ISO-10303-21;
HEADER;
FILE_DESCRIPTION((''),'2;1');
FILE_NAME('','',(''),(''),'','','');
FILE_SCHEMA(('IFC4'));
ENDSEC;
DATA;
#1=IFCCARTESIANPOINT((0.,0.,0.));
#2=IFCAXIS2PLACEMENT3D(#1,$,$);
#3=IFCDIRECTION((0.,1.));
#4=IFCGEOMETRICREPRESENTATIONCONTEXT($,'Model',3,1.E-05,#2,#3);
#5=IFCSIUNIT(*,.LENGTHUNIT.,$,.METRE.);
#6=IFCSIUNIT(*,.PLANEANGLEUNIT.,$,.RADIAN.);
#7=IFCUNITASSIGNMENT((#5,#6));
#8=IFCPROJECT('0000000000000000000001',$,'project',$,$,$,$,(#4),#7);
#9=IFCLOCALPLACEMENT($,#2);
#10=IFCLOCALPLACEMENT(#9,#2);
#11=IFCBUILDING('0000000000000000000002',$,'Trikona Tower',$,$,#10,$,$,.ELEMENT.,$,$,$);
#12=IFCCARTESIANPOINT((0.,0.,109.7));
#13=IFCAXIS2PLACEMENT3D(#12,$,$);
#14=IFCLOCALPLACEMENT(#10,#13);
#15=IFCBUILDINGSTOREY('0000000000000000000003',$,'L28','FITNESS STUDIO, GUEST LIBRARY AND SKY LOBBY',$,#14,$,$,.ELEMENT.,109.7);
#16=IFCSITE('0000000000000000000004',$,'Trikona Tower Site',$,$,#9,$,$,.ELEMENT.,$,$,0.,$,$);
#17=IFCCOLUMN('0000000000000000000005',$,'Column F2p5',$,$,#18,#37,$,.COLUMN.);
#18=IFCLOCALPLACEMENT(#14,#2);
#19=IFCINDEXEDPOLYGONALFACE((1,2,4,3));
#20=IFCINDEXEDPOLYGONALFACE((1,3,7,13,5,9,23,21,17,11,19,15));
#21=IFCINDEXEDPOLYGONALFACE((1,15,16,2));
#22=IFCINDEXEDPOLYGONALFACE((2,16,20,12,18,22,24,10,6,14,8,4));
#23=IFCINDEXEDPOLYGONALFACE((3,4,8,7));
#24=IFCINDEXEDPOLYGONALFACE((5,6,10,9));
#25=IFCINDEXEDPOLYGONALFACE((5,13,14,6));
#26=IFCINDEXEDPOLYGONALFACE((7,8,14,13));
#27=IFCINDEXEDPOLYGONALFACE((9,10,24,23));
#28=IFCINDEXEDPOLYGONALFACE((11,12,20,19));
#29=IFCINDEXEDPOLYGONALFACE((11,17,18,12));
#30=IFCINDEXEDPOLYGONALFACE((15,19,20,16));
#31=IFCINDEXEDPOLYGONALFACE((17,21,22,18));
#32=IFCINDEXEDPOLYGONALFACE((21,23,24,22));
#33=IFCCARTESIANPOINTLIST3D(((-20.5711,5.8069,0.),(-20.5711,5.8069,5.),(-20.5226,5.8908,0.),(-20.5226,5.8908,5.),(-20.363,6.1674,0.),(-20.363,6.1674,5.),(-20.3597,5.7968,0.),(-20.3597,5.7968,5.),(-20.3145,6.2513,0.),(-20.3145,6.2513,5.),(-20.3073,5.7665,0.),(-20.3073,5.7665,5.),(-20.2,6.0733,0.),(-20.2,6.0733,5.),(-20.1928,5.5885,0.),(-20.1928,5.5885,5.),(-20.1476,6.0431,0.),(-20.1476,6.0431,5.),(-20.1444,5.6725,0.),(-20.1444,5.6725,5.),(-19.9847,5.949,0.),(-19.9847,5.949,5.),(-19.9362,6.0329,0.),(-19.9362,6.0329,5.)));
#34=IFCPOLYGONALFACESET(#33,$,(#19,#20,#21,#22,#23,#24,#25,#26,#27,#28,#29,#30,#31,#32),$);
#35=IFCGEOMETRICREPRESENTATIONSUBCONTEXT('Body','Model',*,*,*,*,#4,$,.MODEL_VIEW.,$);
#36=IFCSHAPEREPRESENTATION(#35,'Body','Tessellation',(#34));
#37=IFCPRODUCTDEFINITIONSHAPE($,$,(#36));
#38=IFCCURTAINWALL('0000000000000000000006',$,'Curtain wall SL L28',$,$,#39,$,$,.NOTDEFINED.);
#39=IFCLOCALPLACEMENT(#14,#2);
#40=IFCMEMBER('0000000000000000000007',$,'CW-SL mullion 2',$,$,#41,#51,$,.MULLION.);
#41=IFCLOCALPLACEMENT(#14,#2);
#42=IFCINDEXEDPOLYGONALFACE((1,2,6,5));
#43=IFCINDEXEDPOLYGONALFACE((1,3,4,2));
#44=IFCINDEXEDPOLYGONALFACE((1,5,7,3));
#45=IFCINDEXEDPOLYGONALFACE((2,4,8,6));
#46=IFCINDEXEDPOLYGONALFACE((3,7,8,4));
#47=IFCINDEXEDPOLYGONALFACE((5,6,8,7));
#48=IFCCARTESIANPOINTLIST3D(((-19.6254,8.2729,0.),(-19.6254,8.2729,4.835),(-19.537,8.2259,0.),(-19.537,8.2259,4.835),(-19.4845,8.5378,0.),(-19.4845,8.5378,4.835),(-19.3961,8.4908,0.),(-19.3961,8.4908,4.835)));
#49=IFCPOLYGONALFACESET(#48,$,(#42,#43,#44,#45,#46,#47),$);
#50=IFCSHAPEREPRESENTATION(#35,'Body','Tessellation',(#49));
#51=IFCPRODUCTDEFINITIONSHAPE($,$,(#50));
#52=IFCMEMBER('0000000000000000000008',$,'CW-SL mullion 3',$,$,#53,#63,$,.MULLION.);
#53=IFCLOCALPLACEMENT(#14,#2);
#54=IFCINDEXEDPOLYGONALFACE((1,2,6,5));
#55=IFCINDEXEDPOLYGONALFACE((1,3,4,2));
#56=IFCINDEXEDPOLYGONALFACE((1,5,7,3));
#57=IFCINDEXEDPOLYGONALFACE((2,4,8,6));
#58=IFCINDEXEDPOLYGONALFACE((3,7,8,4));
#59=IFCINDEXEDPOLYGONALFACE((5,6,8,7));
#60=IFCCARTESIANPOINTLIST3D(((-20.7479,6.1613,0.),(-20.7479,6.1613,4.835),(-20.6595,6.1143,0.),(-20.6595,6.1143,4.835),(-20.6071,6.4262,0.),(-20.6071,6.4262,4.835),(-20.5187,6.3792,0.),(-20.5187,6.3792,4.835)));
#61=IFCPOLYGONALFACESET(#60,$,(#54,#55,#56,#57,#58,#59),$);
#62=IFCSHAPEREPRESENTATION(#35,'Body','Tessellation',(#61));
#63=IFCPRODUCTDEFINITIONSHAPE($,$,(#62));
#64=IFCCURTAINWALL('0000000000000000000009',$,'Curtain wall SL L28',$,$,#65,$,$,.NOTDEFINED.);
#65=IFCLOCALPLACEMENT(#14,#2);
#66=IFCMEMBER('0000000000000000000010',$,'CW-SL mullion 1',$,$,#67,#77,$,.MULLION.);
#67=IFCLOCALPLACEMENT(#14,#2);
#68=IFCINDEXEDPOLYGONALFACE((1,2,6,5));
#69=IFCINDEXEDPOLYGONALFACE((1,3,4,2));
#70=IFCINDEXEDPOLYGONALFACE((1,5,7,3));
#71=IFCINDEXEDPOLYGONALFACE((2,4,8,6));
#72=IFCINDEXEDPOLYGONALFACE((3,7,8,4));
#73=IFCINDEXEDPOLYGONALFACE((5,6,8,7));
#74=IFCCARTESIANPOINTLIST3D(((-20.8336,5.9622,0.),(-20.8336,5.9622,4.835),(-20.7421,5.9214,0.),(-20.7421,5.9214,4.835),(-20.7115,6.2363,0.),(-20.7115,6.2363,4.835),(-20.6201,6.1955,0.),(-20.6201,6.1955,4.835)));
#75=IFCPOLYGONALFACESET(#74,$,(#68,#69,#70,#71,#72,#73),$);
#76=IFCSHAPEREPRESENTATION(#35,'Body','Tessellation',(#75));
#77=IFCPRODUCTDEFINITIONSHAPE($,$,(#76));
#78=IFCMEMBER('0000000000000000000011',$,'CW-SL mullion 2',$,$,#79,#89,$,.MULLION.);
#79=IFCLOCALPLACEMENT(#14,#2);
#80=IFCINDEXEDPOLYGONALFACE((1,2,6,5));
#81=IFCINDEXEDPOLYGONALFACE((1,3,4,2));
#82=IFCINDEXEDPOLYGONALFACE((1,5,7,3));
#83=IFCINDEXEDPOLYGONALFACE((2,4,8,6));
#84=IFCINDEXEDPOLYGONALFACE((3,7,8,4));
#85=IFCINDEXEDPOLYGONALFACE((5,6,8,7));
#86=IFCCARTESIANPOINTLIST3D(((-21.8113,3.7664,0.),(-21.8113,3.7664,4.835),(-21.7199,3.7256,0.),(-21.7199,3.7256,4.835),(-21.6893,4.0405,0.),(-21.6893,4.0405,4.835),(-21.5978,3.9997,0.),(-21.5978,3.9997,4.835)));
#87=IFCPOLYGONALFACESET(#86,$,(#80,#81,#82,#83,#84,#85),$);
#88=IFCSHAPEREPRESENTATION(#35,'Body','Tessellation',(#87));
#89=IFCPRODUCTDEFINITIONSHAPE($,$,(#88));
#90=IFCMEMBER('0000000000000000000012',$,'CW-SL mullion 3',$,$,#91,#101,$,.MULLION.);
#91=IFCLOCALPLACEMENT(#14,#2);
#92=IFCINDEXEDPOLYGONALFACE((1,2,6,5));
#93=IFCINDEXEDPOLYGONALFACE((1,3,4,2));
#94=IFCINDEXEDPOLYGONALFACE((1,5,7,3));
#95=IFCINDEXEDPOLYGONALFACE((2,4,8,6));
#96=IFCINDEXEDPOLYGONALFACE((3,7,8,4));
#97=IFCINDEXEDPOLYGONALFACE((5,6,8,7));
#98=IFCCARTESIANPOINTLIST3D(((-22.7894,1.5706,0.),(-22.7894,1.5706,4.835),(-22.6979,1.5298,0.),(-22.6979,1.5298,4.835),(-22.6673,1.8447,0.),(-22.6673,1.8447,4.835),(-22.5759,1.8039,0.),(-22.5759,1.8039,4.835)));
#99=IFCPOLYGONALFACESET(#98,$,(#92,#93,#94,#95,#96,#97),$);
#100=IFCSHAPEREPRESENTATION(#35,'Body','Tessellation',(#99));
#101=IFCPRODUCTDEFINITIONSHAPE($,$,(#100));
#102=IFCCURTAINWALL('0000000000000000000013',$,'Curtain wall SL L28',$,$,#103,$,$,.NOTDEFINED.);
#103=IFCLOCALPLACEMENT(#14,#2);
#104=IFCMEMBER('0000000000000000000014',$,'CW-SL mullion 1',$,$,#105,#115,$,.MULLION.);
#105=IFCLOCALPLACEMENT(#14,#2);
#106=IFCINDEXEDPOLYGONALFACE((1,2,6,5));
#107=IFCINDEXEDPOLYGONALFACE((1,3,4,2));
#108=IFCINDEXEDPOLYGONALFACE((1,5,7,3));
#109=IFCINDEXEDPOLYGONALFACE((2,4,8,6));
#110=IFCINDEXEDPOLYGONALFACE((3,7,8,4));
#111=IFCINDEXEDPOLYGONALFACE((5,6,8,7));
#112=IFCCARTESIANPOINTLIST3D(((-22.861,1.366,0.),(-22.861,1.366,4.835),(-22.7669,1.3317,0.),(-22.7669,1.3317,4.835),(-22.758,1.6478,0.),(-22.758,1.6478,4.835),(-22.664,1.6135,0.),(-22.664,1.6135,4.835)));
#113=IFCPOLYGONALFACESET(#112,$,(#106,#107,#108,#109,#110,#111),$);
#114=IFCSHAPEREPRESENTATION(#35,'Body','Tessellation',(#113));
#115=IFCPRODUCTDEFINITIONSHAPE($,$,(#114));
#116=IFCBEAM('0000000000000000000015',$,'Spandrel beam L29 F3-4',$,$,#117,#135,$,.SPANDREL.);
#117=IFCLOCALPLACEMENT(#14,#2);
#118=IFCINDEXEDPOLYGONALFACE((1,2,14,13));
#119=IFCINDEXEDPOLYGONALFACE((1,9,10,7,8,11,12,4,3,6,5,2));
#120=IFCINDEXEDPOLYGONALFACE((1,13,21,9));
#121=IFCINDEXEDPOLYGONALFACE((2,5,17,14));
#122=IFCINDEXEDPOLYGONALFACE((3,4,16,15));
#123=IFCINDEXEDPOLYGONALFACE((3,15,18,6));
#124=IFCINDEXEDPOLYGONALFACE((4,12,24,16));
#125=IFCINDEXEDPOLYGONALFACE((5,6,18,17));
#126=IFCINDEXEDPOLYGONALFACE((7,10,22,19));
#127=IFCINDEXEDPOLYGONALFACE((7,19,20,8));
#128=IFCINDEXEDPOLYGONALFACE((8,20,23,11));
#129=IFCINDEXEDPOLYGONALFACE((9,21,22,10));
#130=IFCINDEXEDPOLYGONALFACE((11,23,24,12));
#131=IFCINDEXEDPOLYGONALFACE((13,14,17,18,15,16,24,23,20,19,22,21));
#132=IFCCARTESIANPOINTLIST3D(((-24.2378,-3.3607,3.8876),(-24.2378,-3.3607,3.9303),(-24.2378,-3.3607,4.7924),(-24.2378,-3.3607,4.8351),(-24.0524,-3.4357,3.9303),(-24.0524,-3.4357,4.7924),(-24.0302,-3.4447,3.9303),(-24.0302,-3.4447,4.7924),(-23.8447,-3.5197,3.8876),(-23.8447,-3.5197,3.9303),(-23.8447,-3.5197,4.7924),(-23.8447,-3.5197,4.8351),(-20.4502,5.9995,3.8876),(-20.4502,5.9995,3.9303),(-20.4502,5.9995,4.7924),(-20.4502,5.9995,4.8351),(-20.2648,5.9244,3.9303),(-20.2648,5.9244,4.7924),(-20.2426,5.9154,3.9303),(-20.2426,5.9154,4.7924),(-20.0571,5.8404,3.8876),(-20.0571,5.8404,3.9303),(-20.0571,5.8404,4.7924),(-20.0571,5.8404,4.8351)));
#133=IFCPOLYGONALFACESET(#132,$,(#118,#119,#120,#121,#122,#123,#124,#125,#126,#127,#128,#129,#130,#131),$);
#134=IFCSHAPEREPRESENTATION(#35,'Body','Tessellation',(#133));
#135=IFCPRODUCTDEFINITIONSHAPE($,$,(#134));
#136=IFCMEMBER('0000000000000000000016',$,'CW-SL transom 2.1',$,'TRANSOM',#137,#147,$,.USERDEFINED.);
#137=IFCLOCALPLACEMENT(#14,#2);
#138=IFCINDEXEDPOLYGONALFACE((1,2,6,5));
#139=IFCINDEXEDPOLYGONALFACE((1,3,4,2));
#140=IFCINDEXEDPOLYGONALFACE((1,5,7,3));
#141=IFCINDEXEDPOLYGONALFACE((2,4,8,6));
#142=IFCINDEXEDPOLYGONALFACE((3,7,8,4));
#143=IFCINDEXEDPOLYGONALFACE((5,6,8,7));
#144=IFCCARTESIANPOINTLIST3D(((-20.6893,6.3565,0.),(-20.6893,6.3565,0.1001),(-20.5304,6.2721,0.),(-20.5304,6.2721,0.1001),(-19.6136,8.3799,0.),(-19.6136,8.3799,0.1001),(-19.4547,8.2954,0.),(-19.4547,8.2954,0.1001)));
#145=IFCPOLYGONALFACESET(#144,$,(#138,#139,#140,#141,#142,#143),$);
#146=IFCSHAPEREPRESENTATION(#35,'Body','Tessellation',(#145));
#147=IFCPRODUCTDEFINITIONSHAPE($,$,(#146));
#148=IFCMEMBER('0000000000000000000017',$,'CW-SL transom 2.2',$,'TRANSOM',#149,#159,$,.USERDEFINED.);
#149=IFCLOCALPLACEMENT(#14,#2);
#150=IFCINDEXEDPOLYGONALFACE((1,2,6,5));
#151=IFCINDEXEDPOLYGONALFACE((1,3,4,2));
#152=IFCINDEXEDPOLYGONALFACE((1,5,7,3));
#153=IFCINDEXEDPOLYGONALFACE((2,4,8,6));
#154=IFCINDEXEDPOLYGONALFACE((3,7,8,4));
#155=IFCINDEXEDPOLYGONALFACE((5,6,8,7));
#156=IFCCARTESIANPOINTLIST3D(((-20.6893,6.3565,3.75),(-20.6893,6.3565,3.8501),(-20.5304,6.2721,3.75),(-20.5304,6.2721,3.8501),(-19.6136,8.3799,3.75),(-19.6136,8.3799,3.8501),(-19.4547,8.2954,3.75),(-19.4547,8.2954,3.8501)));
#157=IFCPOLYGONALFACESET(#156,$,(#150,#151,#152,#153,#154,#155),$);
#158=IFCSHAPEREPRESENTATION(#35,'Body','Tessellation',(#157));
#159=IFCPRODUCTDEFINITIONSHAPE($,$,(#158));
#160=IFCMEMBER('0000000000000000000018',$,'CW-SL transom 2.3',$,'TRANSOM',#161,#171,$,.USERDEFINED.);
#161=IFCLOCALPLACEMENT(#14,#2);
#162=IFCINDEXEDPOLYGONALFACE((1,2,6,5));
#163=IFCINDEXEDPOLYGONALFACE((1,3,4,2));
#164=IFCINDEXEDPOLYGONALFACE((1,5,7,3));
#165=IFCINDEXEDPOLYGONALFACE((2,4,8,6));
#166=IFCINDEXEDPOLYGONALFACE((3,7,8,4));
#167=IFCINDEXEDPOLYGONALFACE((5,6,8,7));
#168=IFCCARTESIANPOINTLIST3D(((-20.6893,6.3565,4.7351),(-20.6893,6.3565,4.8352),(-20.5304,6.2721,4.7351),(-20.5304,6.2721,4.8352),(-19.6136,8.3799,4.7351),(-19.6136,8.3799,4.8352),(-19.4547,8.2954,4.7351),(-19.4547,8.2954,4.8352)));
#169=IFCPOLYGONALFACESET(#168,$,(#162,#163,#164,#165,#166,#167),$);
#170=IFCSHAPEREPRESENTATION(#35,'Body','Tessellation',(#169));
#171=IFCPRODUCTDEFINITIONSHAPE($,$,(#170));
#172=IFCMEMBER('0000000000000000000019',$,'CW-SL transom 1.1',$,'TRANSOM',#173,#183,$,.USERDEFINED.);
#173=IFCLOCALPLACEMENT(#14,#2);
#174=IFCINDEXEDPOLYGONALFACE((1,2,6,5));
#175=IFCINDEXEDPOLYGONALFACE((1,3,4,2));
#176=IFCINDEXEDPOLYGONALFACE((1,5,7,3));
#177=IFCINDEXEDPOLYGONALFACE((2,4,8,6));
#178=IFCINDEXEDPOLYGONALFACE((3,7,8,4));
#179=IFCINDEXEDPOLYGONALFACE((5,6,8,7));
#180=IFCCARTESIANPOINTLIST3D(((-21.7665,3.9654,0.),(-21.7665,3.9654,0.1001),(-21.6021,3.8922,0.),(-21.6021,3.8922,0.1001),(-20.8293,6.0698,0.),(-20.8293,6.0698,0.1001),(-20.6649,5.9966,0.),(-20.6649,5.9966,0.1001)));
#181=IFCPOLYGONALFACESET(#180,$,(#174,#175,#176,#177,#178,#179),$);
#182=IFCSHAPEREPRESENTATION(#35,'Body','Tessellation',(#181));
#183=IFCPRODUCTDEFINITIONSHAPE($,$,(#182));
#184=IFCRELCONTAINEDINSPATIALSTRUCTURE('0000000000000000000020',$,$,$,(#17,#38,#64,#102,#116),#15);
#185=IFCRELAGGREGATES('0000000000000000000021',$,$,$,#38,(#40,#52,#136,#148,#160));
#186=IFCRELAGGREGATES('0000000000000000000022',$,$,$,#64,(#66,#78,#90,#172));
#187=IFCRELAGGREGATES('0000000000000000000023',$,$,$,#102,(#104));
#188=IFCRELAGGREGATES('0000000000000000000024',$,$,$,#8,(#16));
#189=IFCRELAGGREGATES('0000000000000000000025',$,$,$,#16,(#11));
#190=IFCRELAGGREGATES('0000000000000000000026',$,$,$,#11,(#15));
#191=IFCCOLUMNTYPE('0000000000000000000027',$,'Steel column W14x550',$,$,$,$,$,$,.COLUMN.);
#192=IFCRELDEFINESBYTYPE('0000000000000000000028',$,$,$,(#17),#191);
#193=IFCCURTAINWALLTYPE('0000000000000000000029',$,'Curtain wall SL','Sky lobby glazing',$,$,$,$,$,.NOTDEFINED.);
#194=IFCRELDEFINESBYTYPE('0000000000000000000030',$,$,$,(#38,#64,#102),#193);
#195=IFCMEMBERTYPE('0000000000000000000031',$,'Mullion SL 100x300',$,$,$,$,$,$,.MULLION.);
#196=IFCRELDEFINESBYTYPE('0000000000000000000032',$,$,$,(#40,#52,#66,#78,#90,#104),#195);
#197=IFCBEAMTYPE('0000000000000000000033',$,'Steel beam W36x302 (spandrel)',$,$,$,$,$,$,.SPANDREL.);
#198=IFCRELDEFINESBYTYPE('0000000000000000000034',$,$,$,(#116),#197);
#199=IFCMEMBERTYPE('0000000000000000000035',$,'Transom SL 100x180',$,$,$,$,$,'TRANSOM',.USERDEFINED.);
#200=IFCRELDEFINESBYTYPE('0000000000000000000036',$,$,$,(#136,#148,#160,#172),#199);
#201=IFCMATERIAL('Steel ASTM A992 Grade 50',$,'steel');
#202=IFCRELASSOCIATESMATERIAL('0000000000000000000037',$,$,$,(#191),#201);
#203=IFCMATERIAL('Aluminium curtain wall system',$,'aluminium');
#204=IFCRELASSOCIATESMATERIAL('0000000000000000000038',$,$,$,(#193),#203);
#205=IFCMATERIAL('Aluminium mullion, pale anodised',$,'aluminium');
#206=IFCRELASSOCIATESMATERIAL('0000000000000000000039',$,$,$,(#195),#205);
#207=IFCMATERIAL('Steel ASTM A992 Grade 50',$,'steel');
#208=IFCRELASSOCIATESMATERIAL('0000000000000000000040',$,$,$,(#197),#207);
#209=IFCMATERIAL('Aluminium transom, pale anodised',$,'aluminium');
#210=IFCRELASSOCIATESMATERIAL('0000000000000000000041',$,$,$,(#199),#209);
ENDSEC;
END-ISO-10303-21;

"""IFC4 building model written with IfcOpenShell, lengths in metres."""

from ifc_helpers import new_model, si_unit, direction, frame, origin, origin_2d, place, context, subcontext, project, spatial, rectangle, i_section, extrude, material, material_profile, profile_set, type_object, element, aggregate, save


model = new_model("IFC4")

# Units and contexts
model_context = context("Model", 3, precision=1e-05, world=origin(), true_north=direction((0.0, 1.0)))
body_context = subcontext(model_context, "Body", "Model", "MODEL_VIEW")
ifc_project = project(units=[si_unit("LENGTHUNIT", "METRE"), si_unit("PLANEANGLEUNIT", "RADIAN")], contexts=[model_context])

# Site, building, storey
site_placement = place(None, origin())
site = spatial("IfcSite", under=ifc_project, at=site_placement, Name="Trikona Tower Site", CompositionType="ELEMENT", RefElevation=0.0)
building_placement = place(site_placement, origin())
building = spatial("IfcBuilding", under=site, at=building_placement, Name="Trikona Tower", CompositionType="ELEMENT")
storey_placement = place(building_placement, frame((0.0, 0.0, 109.7)))
storey = spatial("IfcBuildingStorey", under=building, at=storey_placement, Name="L28", Description="FITNESS STUDIO, GUEST LIBRARY AND SKY LOBBY", CompositionType="ELEMENT", Elevation=109.7)

# Column
ifc_material_1 = material(Name="Steel ASTM A992 Grade 50", Category="steel")
ifc_material_profile_1 = material_profile(ifc_material_1, i_section(OverallWidth=0.4368, OverallDepth=0.5132, WebThickness=0.0605, FlangeThickness=0.0969, at=origin_2d()), Name="W14X550")
ifc_profile_set_1 = profile_set([ifc_material_profile_1], Name="Steel ASTM A992 Grade 50")
column_type = type_object("IfcColumnType", Name="Steel column W14x550", PredefinedType="COLUMN", material=ifc_profile_set_1)
column_placement = place(storey_placement, frame((-20.2537, 5.9199, 0.0), z_axis=(0.0, 0.0, 1.0), x_axis=(-0.866025, 0.5, 0.0)))
element("IfcColumn", 1, at=column_placement, inside=storey, type_object=column_type, Name="Column F2p5", PredefinedType="COLUMN", context=body_context, shape_type="SweptSolid", body=[
    extrude(i_section(OverallWidth=0.4368, OverallDepth=0.5132, WebThickness=0.0605, FlangeThickness=0.0969, at=origin_2d()), origin(), (0.0, 0.0, 1.0), 5.0),
])

# Curtain walls, members
ifc_material_2 = material(Name="Aluminium curtain wall system", Category="aluminium")
curtain_wall_type = type_object("IfcCurtainWallType", Name="Curtain wall SL", Description="Sky lobby glazing", PredefinedType="NOTDEFINED", material=ifc_material_2)
curtain_wall_1_placement = place(storey_placement, origin())
curtain_wall_1 = element("IfcCurtainWall", 2, at=curtain_wall_1_placement, inside=storey, type_object=curtain_wall_type, Name="Curtain wall SL L28", PredefinedType="NOTDEFINED")
ifc_material_3 = material(Name="Aluminium mullion, pale anodised", Category="aluminium")
ifc_material_profile_2 = material_profile(ifc_material_3, rectangle(XDim=0.1001, YDim=0.3, at=origin_2d()), Name="MUL-SL")
ifc_profile_set_2 = profile_set([ifc_material_profile_2], Name="Aluminium mullion, pale anodised")
member_type_1 = type_object("IfcMemberType", Name="Mullion SL 100x300", PredefinedType="MULLION", material=ifc_profile_set_2)
member_1_placement = place(storey_placement, frame((-19.5107, 8.3818, 0.0), z_axis=(0.0, 0.0, 1.0), x_axis=(0.882996, -0.46938, 0.0)))
member_1 = element("IfcMember", 3, at=member_1_placement, type_object=member_type_1, Name="CW-SL mullion 2", PredefinedType="MULLION", context=body_context, shape_type="SweptSolid", body=[
    extrude(rectangle(XDim=0.1001, YDim=0.3, at=origin_2d()), origin(), (0.0, 0.0, 1.0), 4.835),
])
member_2_placement = place(storey_placement, frame((-20.6333, 6.2703, 0.0), z_axis=(0.0, 0.0, 1.0), x_axis=(0.882996, -0.46938, 0.0)))
member_2 = element("IfcMember", 4, at=member_2_placement, type_object=member_type_1, Name="CW-SL mullion 3", PredefinedType="MULLION", context=body_context, shape_type="SweptSolid", body=[
    extrude(rectangle(XDim=0.1001, YDim=0.3, at=origin_2d()), origin(), (0.0, 0.0, 1.0), 4.835),
])
curtain_wall_2_placement = place(storey_placement, origin())
curtain_wall_2 = element("IfcCurtainWall", 5, at=curtain_wall_2_placement, inside=storey, type_object=curtain_wall_type, Name="Curtain wall SL L28", PredefinedType="NOTDEFINED")
member_3_placement = place(storey_placement, frame((-20.7268, 6.0789, 0.0), z_axis=(0.0, 0.0, 1.0), x_axis=(0.913505, -0.406828, 0.0)))
member_3 = element("IfcMember", 6, at=member_3_placement, type_object=member_type_1, Name="CW-SL mullion 1", PredefinedType="MULLION", context=body_context, shape_type="SweptSolid", body=[
    extrude(rectangle(XDim=0.1001, YDim=0.3, at=origin_2d()), origin(), (0.0, 0.0, 1.0), 4.835),
])
member_4_placement = place(storey_placement, frame((-21.7046, 3.8831, 0.0), z_axis=(0.0, 0.0, 1.0), x_axis=(0.913505, -0.406828, 0.0)))
member_4 = element("IfcMember", 7, at=member_4_placement, type_object=member_type_1, Name="CW-SL mullion 2", PredefinedType="MULLION", context=body_context, shape_type="SweptSolid", body=[
    extrude(rectangle(XDim=0.1001, YDim=0.3, at=origin_2d()), origin(), (0.0, 0.0, 1.0), 4.835),
])
member_5_placement = place(storey_placement, frame((-22.6826, 1.6873, 0.0), z_axis=(0.0, 0.0, 1.0), x_axis=(0.913505, -0.406828, 0.0)))
member_5 = element("IfcMember", 8, at=member_5_placement, type_object=member_type_1, Name="CW-SL mullion 3", PredefinedType="MULLION", context=body_context, shape_type="SweptSolid", body=[
    extrude(rectangle(XDim=0.1001, YDim=0.3, at=origin_2d()), origin(), (0.0, 0.0, 1.0), 4.835),
])

# Curtain wall, member
curtain_wall_3_placement = place(storey_placement, origin())
curtain_wall_3 = element("IfcCurtainWall", 9, at=curtain_wall_3_placement, inside=storey, type_object=curtain_wall_type, Name="Curtain wall SL L28", PredefinedType="NOTDEFINED")
member_6_placement = place(storey_placement, frame((-22.7625, 1.4897, 0.0), z_axis=(0.0, 0.0, 1.0), x_axis=(0.939256, -0.343217, 0.0)))
member_6 = element("IfcMember", 10, at=member_6_placement, type_object=member_type_1, Name="CW-SL mullion 1", PredefinedType="MULLION", context=body_context, shape_type="SweptSolid", body=[
    extrude(rectangle(XDim=0.1001, YDim=0.3, at=origin_2d()), origin(), (0.0, 0.0, 1.0), 4.835),
])

# Beam
ifc_material_4 = material(Name="Steel ASTM A992 Grade 50", Category="steel")
ifc_material_profile_3 = material_profile(ifc_material_4, i_section(OverallWidth=0.4241, OverallDepth=0.9475, WebThickness=0.0239, FlangeThickness=0.0427, at=origin_2d()), Name="W36X302")
ifc_profile_set_3 = profile_set([ifc_material_profile_3], Name="Steel ASTM A992 Grade 50")
beam_type = type_object("IfcBeamType", Name="Steel beam W36x302 (spandrel)", PredefinedType="SPANDREL", material=ifc_profile_set_3)
beam_placement = place(storey_placement, frame((-20.2537, 5.9199, 4.3613), z_axis=(-0.375106, -0.926982, 0.0), x_axis=(0.926982, -0.375106, 0.0)))
element("IfcBeam", 11, at=beam_placement, inside=storey, type_object=beam_type, Name="Spandrel beam L29 F3-4", PredefinedType="SPANDREL", context=body_context, shape_type="SweptSolid", body=[
    extrude(i_section(OverallWidth=0.4241, OverallDepth=0.9475, WebThickness=0.0239, FlangeThickness=0.0427, at=origin_2d()), origin(), (0.0, 0.0, 1.0), 10.0974),
])

# Members
ifc_material_5 = material(Name="Aluminium transom, pale anodised", Category="aluminium")
ifc_material_profile_4 = material_profile(ifc_material_5, rectangle(XDim=0.1799, YDim=0.1001, at=origin_2d()), Name="TRN-SL")
ifc_profile_set_4 = profile_set([ifc_material_profile_4], Name="Aluminium transom, pale anodised")
member_type_2 = type_object("IfcMemberType", Name="Transom SL 100x180", ElementType="TRANSOM", PredefinedType="USERDEFINED", material=ifc_profile_set_4)
member_7_placement = place(storey_placement, frame((-19.5342, 8.3376, 0.05), z_axis=(-0.469404, -0.882983, 0.0), x_axis=(0.882983, -0.469404, 0.0)))
member_7 = element("IfcMember", 12, at=member_7_placement, type_object=member_type_2, Name="CW-SL transom 2.1", ObjectType="TRANSOM", PredefinedType="USERDEFINED", context=body_context, shape_type="SweptSolid", body=[
    extrude(rectangle(XDim=0.1799, YDim=0.1001, at=origin_2d()), origin(), (0.0, 0.0, 1.0), 2.2915),
])
member_8_placement = place(storey_placement, frame((-19.5342, 8.3376, 3.8), z_axis=(-0.469404, -0.882983, 0.0), x_axis=(0.882983, -0.469404, 0.0)))
member_8 = element("IfcMember", 13, at=member_8_placement, type_object=member_type_2, Name="CW-SL transom 2.2", ObjectType="TRANSOM", PredefinedType="USERDEFINED", context=body_context, shape_type="SweptSolid", body=[
    extrude(rectangle(XDim=0.1799, YDim=0.1001, at=origin_2d()), origin(), (0.0, 0.0, 1.0), 2.2915),
])
member_9_placement = place(storey_placement, frame((-19.5342, 8.3376, 4.7852), z_axis=(-0.469404, -0.882983, 0.0), x_axis=(0.882983, -0.469404, 0.0)))
member_9 = element("IfcMember", 14, at=member_9_placement, type_object=member_type_2, Name="CW-SL transom 2.3", ObjectType="TRANSOM", PredefinedType="USERDEFINED", context=body_context, shape_type="SweptSolid", body=[
    extrude(rectangle(XDim=0.1799, YDim=0.1001, at=origin_2d()), origin(), (0.0, 0.0, 1.0), 2.2915),
])
member_10_placement = place(storey_placement, frame((-20.7471, 6.0332, 0.05), z_axis=(-0.406836, -0.913501, 0.0), x_axis=(0.913501, -0.406836, 0.0)))
member_10 = element("IfcMember", 15, at=member_10_placement, type_object=member_type_2, Name="CW-SL transom 1.1", ObjectType="TRANSOM", PredefinedType="USERDEFINED", context=body_context, shape_type="SweptSolid", body=[
    extrude(rectangle(XDim=0.1799, YDim=0.1001, at=origin_2d()), origin(), (0.0, 0.0, 1.0), 2.3037),
])

aggregate(curtain_wall_1, [member_1, member_2, member_7, member_8, member_9])
aggregate(curtain_wall_2, [member_3, member_4, member_5, member_10])
aggregate(curtain_wall_3, [member_6])

save(model, "model.ifc")
